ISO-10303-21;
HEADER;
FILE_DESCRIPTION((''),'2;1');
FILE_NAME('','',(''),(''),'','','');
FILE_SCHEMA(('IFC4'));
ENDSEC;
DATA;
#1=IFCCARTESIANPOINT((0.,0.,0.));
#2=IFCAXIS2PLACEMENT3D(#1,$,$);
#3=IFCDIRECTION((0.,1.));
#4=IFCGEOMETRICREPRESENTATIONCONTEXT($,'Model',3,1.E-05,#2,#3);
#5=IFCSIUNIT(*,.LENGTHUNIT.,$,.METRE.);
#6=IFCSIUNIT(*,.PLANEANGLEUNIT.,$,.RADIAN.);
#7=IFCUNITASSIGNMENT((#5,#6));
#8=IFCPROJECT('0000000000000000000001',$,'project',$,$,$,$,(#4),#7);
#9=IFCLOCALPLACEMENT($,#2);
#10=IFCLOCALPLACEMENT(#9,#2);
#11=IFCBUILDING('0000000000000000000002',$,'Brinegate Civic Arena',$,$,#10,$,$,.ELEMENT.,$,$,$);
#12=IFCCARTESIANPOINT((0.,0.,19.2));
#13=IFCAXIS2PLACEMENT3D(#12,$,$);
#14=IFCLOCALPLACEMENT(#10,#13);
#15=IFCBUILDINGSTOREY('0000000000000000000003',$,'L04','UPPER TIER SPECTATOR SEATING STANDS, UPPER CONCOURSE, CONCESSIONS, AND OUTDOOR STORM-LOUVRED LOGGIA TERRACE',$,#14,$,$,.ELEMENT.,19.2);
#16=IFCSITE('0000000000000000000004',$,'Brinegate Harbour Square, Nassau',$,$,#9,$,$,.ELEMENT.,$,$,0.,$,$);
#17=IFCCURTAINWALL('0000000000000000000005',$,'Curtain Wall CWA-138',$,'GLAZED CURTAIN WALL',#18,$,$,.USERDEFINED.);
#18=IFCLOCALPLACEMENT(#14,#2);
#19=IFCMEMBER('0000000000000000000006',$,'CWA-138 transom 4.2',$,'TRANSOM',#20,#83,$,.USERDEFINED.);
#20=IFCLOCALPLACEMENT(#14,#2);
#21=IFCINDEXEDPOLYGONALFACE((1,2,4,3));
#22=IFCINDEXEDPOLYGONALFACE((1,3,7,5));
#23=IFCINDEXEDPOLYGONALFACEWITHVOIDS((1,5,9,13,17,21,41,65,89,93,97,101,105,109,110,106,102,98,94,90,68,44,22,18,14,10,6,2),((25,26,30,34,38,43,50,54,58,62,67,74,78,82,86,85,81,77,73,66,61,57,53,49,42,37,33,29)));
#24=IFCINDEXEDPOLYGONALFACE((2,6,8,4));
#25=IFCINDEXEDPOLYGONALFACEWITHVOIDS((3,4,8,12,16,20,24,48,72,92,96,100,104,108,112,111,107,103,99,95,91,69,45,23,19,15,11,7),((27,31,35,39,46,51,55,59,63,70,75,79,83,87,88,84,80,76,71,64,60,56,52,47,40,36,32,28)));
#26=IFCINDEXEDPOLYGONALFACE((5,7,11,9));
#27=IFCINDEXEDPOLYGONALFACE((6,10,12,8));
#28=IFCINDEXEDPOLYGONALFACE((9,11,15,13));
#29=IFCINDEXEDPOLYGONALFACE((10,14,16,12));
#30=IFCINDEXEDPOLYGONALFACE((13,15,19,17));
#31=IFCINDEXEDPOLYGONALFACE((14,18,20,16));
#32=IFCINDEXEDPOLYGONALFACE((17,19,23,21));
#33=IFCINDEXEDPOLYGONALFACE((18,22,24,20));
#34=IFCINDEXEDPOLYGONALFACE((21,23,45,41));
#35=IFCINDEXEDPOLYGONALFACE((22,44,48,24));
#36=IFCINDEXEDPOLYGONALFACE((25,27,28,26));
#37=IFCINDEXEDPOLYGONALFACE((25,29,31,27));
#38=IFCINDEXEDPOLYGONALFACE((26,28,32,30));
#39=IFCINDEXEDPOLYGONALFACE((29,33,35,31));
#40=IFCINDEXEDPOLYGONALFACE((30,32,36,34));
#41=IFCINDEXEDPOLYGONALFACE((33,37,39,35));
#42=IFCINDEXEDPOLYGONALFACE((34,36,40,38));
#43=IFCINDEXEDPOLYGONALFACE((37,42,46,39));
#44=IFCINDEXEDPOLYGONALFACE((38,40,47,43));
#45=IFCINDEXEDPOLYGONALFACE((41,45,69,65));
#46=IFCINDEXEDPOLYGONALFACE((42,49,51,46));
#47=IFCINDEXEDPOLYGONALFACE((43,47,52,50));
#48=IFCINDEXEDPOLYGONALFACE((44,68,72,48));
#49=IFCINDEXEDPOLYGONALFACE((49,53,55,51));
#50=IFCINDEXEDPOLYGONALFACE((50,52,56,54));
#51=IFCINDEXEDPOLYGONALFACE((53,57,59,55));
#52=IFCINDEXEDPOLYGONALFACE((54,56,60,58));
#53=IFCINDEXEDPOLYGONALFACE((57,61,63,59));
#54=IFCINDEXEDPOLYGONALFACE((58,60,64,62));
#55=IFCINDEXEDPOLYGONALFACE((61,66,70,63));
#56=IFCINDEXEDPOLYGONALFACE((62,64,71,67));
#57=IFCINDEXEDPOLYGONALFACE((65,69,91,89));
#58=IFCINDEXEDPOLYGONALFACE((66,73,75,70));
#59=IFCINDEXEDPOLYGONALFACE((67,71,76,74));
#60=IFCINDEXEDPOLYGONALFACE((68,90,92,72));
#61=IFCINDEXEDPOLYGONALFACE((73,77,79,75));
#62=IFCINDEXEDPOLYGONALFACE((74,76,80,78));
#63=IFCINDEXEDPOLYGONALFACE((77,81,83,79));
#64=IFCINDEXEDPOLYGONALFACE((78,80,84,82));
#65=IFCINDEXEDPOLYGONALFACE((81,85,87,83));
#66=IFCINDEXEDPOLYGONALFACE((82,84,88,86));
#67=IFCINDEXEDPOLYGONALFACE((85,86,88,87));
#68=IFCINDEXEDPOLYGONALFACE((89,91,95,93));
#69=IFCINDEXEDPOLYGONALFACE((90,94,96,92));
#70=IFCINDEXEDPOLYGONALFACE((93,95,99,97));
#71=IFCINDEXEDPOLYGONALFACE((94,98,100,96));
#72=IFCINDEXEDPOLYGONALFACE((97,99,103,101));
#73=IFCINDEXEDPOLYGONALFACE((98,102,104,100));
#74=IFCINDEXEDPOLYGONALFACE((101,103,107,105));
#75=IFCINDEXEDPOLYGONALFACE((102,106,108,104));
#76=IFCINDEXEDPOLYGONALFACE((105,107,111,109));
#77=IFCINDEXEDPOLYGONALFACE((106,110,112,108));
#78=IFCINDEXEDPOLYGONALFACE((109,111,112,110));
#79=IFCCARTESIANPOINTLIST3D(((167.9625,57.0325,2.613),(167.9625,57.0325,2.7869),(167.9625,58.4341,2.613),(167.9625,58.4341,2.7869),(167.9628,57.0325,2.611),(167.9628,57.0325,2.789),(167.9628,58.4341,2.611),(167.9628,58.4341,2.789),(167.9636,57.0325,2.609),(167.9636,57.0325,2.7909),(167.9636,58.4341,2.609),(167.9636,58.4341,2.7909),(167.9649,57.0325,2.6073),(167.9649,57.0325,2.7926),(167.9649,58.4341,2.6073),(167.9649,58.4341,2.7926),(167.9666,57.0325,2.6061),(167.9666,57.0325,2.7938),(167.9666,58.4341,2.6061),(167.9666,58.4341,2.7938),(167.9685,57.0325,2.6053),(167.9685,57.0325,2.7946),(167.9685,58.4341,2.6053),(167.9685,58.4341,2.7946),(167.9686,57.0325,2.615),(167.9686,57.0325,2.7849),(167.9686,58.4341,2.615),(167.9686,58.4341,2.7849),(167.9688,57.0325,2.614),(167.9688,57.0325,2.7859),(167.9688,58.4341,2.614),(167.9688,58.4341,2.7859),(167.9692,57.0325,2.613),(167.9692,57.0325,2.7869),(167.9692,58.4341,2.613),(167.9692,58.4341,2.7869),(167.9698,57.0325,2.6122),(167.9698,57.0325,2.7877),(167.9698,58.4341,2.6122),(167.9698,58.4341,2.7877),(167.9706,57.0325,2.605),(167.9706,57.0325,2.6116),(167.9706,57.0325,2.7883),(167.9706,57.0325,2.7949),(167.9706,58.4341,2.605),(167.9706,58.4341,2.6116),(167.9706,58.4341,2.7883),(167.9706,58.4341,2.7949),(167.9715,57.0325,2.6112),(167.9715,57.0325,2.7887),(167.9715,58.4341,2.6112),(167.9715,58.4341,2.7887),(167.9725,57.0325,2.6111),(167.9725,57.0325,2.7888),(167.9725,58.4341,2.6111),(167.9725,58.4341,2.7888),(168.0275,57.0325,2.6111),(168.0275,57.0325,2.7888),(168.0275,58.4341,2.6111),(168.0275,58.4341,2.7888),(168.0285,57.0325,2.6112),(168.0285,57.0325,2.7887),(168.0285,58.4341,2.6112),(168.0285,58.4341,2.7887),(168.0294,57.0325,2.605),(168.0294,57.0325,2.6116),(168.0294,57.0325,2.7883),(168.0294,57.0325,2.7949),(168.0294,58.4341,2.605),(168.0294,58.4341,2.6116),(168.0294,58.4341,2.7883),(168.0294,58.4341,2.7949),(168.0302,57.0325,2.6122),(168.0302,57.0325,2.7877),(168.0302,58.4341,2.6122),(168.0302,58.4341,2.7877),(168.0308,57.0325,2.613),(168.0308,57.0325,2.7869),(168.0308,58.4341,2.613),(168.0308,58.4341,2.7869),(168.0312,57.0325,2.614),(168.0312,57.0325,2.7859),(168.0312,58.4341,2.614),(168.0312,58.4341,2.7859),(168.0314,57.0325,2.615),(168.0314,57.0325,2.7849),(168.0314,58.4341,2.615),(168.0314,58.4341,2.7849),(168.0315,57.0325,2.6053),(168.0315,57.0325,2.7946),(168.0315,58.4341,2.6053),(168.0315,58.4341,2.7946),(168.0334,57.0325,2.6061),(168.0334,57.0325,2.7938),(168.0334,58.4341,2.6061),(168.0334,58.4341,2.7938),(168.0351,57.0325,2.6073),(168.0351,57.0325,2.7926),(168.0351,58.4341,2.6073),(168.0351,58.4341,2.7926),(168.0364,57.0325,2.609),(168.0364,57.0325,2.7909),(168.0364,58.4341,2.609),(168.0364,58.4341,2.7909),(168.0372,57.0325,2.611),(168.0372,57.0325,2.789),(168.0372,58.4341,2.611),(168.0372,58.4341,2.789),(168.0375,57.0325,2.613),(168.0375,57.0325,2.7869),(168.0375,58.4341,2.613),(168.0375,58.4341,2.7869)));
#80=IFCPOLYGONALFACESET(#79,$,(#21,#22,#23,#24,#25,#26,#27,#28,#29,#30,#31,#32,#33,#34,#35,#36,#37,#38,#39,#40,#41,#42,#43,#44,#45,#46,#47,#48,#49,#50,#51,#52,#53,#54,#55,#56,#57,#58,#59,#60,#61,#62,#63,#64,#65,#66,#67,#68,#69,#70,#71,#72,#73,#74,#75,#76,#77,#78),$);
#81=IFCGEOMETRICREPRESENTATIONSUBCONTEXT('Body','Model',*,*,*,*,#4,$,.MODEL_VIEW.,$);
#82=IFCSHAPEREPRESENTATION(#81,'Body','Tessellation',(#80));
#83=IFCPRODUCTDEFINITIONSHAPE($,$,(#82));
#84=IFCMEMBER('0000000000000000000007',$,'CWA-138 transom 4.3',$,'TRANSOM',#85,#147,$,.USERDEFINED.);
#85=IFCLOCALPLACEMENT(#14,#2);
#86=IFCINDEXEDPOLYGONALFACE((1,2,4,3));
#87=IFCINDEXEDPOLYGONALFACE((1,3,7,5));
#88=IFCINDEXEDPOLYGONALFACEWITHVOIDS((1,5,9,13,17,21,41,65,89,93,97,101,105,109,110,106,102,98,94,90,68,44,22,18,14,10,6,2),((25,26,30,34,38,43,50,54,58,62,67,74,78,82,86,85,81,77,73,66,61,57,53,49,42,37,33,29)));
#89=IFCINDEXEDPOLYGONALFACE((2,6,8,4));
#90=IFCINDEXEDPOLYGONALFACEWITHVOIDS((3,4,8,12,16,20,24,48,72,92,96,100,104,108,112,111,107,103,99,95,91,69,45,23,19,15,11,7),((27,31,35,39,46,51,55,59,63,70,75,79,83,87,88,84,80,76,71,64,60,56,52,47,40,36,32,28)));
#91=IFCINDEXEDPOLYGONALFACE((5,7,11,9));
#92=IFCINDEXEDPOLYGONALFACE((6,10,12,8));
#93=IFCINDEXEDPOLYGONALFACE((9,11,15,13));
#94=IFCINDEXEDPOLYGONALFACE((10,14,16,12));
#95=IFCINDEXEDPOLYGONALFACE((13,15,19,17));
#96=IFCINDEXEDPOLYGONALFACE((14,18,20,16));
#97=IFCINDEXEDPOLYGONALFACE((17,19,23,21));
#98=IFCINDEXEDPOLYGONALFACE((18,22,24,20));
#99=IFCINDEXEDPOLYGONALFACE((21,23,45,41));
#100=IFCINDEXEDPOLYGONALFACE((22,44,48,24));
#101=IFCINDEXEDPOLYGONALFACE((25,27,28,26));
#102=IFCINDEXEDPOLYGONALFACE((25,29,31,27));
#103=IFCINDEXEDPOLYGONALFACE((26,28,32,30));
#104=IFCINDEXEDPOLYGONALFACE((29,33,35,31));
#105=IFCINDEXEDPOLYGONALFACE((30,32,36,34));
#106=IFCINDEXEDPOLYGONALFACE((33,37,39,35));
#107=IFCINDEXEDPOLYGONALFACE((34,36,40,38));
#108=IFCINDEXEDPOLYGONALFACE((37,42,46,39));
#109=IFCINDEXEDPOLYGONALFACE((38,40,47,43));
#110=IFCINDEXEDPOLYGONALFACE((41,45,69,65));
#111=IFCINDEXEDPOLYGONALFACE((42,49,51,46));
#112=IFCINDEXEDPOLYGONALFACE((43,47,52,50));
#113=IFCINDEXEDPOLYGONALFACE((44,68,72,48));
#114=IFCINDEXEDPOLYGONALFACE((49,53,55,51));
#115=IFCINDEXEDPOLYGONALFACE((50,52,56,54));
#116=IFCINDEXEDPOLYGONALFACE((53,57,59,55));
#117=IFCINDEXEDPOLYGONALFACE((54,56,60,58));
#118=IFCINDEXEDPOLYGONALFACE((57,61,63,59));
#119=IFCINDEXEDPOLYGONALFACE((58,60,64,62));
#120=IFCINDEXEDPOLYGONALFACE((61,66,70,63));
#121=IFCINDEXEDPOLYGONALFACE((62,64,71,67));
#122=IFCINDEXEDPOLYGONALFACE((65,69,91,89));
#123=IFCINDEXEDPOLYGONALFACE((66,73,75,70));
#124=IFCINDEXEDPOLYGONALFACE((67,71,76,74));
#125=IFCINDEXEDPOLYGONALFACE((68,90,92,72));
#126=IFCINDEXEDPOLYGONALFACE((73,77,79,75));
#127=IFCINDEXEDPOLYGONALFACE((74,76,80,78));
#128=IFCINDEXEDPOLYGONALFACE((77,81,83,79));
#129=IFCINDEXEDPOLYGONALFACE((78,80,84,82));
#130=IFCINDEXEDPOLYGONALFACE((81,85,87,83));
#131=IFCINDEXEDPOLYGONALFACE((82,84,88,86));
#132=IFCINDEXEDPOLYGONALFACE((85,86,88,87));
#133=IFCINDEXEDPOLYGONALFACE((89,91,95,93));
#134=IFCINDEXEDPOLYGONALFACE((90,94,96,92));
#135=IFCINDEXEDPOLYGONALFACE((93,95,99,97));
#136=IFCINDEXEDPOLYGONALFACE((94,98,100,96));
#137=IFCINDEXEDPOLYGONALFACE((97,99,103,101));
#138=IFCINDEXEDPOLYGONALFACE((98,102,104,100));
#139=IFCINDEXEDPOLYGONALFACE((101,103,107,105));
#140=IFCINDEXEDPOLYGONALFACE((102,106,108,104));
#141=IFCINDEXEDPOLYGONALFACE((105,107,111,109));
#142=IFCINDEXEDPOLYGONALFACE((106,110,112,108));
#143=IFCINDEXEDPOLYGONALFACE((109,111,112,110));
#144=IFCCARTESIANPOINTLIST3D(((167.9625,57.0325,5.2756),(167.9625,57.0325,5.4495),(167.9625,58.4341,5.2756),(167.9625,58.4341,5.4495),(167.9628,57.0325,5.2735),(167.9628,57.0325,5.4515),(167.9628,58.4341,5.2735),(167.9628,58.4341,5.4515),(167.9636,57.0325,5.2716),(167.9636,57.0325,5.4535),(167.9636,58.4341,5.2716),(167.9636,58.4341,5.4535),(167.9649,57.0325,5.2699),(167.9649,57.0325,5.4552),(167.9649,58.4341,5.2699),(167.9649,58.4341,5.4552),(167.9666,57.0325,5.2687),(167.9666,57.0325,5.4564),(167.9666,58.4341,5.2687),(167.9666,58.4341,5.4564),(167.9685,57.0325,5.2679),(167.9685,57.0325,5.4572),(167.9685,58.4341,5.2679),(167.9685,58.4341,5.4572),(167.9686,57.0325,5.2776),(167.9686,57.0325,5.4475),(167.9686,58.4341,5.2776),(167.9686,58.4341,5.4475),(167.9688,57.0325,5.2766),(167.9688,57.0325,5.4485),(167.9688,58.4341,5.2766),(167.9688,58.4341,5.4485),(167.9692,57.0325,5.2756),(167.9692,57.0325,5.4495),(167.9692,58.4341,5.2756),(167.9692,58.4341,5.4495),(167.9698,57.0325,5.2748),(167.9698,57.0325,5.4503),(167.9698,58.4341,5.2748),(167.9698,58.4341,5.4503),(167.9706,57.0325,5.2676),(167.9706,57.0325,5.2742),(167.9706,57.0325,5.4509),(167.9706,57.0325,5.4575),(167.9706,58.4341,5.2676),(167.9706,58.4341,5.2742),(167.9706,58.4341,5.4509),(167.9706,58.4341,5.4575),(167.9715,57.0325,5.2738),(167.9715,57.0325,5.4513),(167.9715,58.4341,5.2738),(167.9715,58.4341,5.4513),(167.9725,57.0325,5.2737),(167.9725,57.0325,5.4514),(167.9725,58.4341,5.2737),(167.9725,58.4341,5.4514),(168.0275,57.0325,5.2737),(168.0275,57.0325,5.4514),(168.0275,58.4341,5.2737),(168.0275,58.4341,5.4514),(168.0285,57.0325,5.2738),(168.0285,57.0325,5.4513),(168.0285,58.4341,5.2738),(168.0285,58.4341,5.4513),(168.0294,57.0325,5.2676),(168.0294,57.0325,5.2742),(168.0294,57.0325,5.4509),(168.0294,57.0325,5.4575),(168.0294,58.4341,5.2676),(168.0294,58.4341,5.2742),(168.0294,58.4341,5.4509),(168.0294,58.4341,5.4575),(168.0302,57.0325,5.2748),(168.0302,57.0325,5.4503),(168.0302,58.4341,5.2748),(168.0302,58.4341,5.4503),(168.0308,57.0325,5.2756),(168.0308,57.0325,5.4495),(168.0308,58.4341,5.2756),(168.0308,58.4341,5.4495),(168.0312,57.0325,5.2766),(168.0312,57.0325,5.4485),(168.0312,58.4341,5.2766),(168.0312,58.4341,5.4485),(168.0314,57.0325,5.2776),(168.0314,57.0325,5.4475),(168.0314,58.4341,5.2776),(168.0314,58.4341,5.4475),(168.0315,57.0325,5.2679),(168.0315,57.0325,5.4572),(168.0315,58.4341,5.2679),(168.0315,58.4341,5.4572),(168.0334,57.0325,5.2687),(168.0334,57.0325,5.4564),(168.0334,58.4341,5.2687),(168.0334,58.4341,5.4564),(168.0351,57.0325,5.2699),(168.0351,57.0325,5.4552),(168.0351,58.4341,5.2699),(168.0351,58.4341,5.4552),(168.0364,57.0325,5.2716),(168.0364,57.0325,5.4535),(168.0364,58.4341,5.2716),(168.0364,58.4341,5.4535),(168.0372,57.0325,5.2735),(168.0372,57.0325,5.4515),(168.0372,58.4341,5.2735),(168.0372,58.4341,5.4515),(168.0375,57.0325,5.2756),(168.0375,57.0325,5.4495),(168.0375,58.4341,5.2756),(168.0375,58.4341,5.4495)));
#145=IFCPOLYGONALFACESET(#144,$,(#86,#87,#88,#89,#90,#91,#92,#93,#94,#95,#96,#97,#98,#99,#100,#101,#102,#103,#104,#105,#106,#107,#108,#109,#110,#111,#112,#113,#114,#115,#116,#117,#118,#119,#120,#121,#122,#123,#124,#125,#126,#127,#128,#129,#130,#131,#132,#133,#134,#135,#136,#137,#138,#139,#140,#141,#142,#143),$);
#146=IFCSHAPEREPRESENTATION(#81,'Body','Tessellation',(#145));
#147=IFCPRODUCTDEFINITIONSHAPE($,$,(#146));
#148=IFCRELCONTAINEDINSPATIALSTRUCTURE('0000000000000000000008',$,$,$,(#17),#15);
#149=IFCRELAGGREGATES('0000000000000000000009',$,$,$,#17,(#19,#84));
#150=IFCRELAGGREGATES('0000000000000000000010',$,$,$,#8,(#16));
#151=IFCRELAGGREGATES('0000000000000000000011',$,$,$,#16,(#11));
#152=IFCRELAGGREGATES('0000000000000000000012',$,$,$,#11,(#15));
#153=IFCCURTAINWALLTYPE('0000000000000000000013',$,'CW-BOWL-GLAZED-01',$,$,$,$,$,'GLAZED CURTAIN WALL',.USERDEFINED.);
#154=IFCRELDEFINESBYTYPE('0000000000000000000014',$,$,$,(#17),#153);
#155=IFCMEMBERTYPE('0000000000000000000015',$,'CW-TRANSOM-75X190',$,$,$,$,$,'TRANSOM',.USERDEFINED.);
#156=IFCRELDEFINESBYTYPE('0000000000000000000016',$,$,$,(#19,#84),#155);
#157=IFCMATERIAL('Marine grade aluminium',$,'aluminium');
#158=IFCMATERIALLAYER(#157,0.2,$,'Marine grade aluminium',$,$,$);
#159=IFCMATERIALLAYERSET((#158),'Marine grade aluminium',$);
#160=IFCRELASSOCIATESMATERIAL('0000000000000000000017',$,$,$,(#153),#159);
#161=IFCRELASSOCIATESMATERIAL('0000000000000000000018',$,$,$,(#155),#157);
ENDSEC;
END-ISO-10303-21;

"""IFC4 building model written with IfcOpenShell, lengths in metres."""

from ifc_helpers import new_model, si_unit, direction, frame, origin, origin_2d, place, context, subcontext, project, spatial, hollow_rectangle, extrude, material, layer, layer_set, material_profile, profile_set, type_object, element, aggregate, save


model = new_model("IFC4")

# Units and contexts
model_context = context("Model", 3, precision=1e-05, world=origin(), true_north=direction((0.0, 1.0)))
body_context = subcontext(model_context, "Body", "Model", "MODEL_VIEW")
ifc_project = project(units=[si_unit("LENGTHUNIT", "METRE"), si_unit("PLANEANGLEUNIT", "RADIAN")], contexts=[model_context])

# Site, building, storey
site_placement = place(None, origin())
site = spatial("IfcSite", under=ifc_project, at=site_placement, Name="Brinegate Harbour Square, Nassau", CompositionType="ELEMENT", RefElevation=0.0)
building_placement = place(site_placement, origin())
building = spatial("IfcBuilding", under=site, at=building_placement, Name="Brinegate Civic Arena", CompositionType="ELEMENT")
storey_placement = place(building_placement, frame((0.0, 0.0, 19.2)))
storey = spatial("IfcBuildingStorey", under=building, at=storey_placement, Name="L04", Description="UPPER TIER SPECTATOR SEATING STANDS, UPPER CONCOURSE, CONCESSIONS, AND OUTDOOR STORM-LOUVRED LOGGIA TERRACE", CompositionType="ELEMENT", Elevation=19.2)

# Curtain wall, members
ifc_material_1 = material(Name="Marine grade aluminium", Category="aluminium")
ifc_layer_1 = layer(ifc_material_1, 0.2, Name="Marine grade aluminium")
ifc_layer_set_1 = layer_set([ifc_layer_1], Name="Marine grade aluminium")
curtain_wall_type = type_object("IfcCurtainWallType", Name="CW-BOWL-GLAZED-01", ElementType="GLAZED CURTAIN WALL", PredefinedType="USERDEFINED", material=ifc_layer_set_1)
curtain_wall_placement = place(storey_placement, origin())
curtain_wall = element("IfcCurtainWall", 1, at=curtain_wall_placement, inside=storey, type_object=curtain_wall_type, Name="Curtain Wall CWA-138", ObjectType="GLAZED CURTAIN WALL", PredefinedType="USERDEFINED")
ifc_material_profile_1 = material_profile(ifc_material_1, hollow_rectangle(XDim=0.075, YDim=0.1899, WallThickness=0.0061, InnerFilletRadius=0.0039, OuterFilletRadius=0.0081, at=origin_2d()), Name="TRN75X190")
ifc_profile_set_1 = profile_set([ifc_material_profile_1], Name="Marine grade aluminium")
member_type_1 = type_object("IfcMemberType", Name="CW-TRANSOM-75X190", ElementType="TRANSOM", PredefinedType="USERDEFINED", material=ifc_profile_set_1)
member_1_placement = place(storey_placement, frame((168.0, 57.0325, 2.7), z_axis=(0.0, 1.0, 0.0), x_axis=(-1.0, 0.0, 0.0)))
member_1 = element("IfcMember", 2, at=member_1_placement, type_object=member_type_1, Name="CWA-138 transom 4.2", ObjectType="TRANSOM", PredefinedType="USERDEFINED", context=body_context, shape_type="SweptSolid", body=[
    extrude(hollow_rectangle(XDim=0.075, YDim=0.1899, WallThickness=0.0061, InnerFilletRadius=0.0039, OuterFilletRadius=0.0081, at=origin_2d()), origin(), (0.0, 0.0, 1.0), 1.4016),
])
member_2_placement = place(storey_placement, frame((168.0, 57.0325, 5.3625), z_axis=(0.0, 1.0, 0.0), x_axis=(-1.0, 0.0, 0.0)))
member_2 = element("IfcMember", 3, at=member_2_placement, type_object=member_type_1, Name="CWA-138 transom 4.3", ObjectType="TRANSOM", PredefinedType="USERDEFINED", context=body_context, shape_type="SweptSolid", body=[
    extrude(hollow_rectangle(XDim=0.075, YDim=0.1899, WallThickness=0.0061, InnerFilletRadius=0.0039, OuterFilletRadius=0.0081, at=origin_2d()), origin(), (0.0, 0.0, 1.0), 1.4016),
])
aggregate(curtain_wall, [member_1, member_2])

save(model, "model.ifc")
